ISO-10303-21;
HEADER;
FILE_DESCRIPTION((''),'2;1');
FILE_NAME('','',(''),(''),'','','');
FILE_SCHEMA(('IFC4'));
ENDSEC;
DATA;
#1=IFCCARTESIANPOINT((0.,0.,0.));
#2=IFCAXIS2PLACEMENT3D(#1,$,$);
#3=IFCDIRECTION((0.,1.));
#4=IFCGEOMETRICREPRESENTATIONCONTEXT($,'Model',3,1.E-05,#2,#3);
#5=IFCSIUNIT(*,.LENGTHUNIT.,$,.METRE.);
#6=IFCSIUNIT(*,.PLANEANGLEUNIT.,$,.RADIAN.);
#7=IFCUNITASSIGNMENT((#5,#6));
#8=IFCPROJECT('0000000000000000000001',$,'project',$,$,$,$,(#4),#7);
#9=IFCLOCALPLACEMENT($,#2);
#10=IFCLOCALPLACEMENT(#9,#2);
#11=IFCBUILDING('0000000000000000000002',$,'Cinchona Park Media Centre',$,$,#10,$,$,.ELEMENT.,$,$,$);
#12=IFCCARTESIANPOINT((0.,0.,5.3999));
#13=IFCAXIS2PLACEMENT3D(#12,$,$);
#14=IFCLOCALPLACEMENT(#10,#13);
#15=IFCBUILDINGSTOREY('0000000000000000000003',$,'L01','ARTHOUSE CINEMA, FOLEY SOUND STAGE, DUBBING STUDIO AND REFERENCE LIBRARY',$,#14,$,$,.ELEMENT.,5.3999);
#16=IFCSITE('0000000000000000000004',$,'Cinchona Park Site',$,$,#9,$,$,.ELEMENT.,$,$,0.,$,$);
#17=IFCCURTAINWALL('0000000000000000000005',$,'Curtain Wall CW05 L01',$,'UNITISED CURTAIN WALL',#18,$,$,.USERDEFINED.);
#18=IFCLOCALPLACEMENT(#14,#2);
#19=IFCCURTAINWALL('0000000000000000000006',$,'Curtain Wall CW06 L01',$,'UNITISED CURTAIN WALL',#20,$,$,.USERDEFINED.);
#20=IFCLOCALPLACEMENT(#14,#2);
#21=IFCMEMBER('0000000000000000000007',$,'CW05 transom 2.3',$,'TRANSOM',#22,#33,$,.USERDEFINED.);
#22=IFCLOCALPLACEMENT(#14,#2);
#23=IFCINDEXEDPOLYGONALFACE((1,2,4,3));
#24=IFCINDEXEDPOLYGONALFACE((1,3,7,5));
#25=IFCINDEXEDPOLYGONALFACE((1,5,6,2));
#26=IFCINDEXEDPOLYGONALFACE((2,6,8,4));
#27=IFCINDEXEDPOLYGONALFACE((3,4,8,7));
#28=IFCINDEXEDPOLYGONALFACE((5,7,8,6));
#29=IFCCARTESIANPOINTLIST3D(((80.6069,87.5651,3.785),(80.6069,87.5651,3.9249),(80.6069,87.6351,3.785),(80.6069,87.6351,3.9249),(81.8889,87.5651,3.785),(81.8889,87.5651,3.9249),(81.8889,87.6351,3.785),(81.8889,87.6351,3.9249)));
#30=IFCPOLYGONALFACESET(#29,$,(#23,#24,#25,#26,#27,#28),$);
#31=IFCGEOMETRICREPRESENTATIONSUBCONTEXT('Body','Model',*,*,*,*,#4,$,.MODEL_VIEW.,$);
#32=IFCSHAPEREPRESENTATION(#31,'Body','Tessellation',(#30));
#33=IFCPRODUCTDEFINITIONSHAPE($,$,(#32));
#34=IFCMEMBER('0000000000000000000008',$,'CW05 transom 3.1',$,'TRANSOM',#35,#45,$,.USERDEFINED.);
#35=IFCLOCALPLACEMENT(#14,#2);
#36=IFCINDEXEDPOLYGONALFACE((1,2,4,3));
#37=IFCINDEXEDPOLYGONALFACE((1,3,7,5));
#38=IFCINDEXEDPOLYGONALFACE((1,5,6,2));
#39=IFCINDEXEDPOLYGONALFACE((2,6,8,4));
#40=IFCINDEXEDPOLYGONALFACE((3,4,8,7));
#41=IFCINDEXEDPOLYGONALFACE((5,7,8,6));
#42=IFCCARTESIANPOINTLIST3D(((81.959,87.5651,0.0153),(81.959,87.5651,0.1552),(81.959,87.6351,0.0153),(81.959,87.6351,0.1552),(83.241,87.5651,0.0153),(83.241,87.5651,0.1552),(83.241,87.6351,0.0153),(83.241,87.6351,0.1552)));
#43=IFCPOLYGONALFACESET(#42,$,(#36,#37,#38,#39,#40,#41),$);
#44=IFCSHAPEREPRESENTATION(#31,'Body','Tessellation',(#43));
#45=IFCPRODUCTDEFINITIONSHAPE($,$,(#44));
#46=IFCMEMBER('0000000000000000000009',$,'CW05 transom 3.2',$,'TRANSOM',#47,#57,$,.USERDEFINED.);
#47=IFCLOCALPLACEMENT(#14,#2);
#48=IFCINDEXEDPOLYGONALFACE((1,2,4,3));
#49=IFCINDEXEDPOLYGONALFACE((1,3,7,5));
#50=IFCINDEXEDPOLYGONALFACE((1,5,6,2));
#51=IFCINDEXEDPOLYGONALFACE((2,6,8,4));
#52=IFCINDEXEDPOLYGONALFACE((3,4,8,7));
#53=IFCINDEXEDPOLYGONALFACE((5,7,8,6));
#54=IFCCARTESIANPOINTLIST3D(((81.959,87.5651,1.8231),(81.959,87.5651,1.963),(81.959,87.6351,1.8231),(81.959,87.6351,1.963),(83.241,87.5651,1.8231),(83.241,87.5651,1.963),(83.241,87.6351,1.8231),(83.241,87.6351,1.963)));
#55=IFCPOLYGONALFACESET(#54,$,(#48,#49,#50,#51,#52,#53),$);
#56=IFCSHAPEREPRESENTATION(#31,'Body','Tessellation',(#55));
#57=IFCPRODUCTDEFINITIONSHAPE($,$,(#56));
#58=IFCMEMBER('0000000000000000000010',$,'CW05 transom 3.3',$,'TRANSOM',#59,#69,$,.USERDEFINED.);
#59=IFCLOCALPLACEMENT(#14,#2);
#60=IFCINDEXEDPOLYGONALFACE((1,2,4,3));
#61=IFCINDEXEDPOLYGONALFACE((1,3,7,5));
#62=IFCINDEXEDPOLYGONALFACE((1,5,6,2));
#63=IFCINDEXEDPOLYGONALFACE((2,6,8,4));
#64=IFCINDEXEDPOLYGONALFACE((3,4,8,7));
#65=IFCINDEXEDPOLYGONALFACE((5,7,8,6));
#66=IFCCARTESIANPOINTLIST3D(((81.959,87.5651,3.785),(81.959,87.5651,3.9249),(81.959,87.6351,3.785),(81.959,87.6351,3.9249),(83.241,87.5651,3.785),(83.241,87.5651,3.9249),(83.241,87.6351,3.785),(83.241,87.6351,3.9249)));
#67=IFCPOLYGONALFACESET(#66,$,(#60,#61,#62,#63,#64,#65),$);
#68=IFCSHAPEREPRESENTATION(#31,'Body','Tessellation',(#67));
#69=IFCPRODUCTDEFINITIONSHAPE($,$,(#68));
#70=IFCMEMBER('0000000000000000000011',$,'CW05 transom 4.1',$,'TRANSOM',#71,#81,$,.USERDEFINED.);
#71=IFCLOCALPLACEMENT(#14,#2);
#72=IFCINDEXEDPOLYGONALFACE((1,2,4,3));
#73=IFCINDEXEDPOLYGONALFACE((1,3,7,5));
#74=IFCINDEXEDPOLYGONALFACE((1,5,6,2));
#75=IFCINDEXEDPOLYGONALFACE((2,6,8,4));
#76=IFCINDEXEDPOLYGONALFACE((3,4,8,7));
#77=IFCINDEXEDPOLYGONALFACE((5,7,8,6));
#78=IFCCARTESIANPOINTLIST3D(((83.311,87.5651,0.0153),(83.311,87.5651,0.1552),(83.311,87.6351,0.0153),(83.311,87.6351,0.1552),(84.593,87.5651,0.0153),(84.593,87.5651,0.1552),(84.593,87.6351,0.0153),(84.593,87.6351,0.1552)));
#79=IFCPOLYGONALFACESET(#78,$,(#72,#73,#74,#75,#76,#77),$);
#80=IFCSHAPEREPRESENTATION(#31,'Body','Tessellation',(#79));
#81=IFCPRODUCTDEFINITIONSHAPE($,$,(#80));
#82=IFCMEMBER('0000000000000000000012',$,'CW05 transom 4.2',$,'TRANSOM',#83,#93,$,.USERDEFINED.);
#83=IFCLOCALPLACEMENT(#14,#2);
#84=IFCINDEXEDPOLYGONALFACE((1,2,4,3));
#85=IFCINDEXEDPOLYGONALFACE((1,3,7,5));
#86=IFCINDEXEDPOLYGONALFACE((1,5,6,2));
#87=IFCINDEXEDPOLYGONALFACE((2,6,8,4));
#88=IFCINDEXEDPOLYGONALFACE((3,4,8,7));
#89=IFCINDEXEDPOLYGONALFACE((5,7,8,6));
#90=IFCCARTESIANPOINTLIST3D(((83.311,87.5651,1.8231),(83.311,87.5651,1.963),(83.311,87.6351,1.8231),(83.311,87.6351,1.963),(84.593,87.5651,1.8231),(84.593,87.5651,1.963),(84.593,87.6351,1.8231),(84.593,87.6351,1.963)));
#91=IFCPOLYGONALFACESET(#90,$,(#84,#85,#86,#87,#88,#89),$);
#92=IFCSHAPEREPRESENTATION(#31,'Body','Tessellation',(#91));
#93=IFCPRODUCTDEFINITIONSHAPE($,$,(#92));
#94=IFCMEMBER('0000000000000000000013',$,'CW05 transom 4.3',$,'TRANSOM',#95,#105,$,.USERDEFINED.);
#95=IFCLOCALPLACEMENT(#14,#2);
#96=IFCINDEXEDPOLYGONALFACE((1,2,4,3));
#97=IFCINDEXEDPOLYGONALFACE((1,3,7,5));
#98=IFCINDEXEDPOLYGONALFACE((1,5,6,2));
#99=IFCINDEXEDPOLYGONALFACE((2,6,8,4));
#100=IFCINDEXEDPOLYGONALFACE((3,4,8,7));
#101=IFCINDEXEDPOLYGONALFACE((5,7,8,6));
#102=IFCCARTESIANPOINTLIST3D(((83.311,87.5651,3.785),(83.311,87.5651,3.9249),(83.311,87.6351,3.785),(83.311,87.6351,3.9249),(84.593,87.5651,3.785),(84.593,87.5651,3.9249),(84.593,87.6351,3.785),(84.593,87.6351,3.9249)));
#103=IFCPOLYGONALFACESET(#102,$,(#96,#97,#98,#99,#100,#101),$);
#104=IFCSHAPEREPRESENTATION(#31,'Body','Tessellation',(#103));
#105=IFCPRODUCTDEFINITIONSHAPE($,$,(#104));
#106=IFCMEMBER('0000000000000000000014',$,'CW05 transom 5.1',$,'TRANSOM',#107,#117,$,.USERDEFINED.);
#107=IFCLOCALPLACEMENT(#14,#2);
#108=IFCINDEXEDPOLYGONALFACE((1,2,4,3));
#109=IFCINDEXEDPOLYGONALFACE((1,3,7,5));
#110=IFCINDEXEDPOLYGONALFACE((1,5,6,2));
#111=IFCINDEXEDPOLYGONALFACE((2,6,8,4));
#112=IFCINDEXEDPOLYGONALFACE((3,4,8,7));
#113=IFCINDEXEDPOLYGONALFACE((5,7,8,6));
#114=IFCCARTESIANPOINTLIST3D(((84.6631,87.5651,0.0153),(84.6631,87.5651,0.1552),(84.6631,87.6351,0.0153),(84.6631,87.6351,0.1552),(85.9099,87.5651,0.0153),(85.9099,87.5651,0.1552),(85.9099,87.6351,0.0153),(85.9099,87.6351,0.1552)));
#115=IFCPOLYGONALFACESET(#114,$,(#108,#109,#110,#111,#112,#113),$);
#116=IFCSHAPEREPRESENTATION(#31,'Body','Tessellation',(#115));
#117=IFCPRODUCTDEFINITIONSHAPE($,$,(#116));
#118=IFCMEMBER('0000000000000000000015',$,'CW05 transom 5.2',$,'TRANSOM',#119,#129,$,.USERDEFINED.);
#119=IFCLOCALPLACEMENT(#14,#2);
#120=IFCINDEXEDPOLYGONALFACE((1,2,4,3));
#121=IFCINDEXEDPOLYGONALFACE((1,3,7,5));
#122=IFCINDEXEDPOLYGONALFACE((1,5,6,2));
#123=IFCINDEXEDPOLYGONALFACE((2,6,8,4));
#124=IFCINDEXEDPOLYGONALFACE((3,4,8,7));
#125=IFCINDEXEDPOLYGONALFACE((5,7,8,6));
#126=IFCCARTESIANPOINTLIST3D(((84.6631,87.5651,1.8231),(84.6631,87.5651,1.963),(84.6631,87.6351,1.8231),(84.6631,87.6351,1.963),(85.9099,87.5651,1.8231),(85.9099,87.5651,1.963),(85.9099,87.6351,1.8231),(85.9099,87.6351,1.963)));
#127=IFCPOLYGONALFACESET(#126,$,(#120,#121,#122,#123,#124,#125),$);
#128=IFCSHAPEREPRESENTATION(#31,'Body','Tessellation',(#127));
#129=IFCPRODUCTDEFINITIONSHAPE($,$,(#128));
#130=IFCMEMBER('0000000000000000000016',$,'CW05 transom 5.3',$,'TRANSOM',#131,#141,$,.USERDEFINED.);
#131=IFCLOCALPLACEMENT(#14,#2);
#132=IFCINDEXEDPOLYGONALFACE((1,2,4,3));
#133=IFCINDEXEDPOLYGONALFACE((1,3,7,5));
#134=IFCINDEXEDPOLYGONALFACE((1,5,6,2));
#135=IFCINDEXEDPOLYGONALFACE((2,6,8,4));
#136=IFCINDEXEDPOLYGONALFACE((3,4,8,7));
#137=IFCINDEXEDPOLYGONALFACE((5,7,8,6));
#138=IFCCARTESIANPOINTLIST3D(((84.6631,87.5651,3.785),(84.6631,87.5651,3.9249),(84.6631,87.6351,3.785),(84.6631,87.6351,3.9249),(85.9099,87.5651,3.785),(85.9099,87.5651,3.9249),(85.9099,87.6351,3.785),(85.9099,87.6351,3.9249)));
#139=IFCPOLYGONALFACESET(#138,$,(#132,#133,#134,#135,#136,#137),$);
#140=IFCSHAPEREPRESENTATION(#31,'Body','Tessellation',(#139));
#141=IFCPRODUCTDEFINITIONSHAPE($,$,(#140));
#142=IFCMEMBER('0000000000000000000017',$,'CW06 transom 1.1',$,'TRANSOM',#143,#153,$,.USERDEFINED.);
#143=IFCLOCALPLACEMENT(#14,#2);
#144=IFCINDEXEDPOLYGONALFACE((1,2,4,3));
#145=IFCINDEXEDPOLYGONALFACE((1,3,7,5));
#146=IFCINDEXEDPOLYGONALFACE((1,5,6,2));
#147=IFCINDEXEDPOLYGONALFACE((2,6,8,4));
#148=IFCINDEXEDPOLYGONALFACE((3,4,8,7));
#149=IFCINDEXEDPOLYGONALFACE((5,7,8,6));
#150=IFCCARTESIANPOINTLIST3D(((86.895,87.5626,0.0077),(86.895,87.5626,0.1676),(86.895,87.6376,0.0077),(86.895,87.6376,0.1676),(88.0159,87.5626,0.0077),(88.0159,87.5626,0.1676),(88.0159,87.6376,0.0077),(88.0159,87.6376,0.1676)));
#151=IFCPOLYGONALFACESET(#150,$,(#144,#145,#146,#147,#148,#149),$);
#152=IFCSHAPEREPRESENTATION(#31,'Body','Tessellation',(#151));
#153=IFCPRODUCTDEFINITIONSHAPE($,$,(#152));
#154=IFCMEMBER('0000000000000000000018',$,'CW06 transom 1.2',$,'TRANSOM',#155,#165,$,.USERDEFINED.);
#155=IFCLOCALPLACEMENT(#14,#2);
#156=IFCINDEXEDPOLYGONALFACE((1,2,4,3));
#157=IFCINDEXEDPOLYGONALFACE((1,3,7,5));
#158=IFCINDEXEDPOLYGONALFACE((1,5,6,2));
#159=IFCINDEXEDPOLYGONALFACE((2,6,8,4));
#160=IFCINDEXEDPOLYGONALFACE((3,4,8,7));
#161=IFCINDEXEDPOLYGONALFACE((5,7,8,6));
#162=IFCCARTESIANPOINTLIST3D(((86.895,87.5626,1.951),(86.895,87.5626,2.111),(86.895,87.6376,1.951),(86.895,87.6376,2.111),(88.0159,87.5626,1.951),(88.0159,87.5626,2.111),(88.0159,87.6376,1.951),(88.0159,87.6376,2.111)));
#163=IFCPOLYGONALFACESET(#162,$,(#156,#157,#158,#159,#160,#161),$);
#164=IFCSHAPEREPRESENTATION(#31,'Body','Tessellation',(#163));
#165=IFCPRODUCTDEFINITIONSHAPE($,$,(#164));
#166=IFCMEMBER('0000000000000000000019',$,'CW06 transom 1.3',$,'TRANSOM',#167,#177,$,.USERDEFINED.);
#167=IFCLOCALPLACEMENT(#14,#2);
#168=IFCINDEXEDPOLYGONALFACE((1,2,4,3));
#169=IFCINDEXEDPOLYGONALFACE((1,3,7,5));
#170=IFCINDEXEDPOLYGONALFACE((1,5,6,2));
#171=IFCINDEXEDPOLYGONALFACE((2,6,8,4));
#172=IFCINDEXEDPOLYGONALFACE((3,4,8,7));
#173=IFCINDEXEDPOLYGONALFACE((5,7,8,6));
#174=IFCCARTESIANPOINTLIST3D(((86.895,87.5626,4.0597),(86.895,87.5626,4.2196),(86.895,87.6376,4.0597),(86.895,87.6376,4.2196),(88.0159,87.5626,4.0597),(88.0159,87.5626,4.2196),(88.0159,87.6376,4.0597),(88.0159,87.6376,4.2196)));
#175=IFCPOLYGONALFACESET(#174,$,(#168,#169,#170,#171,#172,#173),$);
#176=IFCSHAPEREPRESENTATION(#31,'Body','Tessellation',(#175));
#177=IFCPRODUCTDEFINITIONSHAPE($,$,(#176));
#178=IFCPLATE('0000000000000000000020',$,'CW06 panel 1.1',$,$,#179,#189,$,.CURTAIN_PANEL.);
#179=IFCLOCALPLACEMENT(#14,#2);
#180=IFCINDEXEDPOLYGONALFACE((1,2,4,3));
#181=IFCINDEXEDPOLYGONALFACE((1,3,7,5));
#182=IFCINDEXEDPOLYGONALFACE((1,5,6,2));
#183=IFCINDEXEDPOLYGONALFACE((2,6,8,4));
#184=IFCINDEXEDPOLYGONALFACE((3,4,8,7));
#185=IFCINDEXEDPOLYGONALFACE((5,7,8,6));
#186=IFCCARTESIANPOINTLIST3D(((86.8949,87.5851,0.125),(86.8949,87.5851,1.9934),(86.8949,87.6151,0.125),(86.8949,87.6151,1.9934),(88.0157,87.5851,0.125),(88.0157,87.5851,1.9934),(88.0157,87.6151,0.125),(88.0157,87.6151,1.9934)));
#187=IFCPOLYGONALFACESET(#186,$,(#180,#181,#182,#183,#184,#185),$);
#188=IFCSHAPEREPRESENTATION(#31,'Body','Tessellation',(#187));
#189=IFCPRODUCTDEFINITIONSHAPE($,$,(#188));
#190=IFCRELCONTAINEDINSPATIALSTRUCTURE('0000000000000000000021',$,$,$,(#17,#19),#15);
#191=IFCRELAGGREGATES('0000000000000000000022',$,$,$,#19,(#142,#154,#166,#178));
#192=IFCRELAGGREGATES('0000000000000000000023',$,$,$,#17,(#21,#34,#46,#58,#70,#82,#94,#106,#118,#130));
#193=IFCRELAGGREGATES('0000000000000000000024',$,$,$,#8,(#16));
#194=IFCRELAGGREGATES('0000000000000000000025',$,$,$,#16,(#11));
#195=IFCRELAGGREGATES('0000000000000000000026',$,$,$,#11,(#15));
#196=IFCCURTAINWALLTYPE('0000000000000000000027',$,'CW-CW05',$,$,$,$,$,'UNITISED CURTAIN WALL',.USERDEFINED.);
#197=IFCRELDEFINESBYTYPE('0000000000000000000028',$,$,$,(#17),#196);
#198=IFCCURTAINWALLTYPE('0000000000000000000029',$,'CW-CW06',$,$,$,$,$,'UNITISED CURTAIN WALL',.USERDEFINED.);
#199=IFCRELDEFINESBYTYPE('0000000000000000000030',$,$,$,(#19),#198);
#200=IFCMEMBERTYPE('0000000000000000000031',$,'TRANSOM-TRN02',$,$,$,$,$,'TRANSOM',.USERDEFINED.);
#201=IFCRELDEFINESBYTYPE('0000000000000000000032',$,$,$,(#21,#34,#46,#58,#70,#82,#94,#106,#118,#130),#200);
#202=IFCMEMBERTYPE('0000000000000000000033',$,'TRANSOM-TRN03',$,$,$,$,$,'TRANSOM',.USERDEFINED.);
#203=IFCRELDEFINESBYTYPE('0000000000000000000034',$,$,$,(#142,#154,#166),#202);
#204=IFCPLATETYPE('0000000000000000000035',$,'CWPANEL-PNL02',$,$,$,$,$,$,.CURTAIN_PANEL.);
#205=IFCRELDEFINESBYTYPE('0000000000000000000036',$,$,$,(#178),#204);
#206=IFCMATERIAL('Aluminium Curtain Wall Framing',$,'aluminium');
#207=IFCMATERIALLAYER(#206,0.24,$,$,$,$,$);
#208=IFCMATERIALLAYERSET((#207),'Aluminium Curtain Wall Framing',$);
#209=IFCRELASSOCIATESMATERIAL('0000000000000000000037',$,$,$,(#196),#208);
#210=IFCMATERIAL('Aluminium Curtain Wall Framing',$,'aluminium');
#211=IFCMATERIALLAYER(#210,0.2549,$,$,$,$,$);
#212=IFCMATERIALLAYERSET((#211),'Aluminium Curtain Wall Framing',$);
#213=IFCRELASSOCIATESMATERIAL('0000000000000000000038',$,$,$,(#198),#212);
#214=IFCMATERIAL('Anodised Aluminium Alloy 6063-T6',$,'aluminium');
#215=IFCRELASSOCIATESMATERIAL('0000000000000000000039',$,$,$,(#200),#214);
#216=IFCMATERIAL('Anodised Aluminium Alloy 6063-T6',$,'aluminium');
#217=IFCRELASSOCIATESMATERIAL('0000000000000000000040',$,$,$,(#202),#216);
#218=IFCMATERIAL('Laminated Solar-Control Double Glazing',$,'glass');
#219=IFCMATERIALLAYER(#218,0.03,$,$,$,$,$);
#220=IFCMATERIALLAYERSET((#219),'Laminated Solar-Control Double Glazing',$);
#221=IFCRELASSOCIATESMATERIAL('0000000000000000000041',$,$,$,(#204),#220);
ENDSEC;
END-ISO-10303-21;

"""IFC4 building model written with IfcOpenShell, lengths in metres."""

from ifc_helpers import new_model, si_unit, direction, frame, origin, origin_2d, place, context, subcontext, project, spatial, rectangle, extrude, material, layer, layer_set, material_profile, profile_set, type_object, element, aggregate, save


model = new_model("IFC4")

# Units and contexts
model_context = context("Model", 3, precision=1e-05, world=origin(), true_north=direction((0.0, 1.0)))
body_context = subcontext(model_context, "Body", "Model", "MODEL_VIEW")
ifc_project = project(units=[si_unit("LENGTHUNIT", "METRE"), si_unit("PLANEANGLEUNIT", "RADIAN")], contexts=[model_context])

# Site, building, storey
site_placement = place(None, origin())
site = spatial("IfcSite", under=ifc_project, at=site_placement, Name="Cinchona Park Site", CompositionType="ELEMENT", RefElevation=0.0)
building_placement = place(site_placement, origin())
building = spatial("IfcBuilding", under=site, at=building_placement, Name="Cinchona Park Media Centre", CompositionType="ELEMENT")
storey_placement = place(building_placement, frame((0.0, 0.0, 5.3999)))
storey = spatial("IfcBuildingStorey", under=building, at=storey_placement, Name="L01", Description="ARTHOUSE CINEMA, FOLEY SOUND STAGE, DUBBING STUDIO AND REFERENCE LIBRARY", CompositionType="ELEMENT", Elevation=5.3999)

# Curtain wall
ifc_material_1 = material(Name="Aluminium Curtain Wall Framing", Category="aluminium")
ifc_layer_1 = layer(ifc_material_1, 0.24)
ifc_layer_set_1 = layer_set([ifc_layer_1], Name="Aluminium Curtain Wall Framing")
curtain_wall_type_1 = type_object("IfcCurtainWallType", Name="CW-CW05", ElementType="UNITISED CURTAIN WALL", PredefinedType="USERDEFINED", material=ifc_layer_set_1)
curtain_wall_1_placement = place(storey_placement, origin())
curtain_wall_1 = element("IfcCurtainWall", 1, at=curtain_wall_1_placement, inside=storey, type_object=curtain_wall_type_1, Name="Curtain Wall CW05 L01", ObjectType="UNITISED CURTAIN WALL", PredefinedType="USERDEFINED")

# Curtain wall
ifc_material_2 = material(Name="Aluminium Curtain Wall Framing", Category="aluminium")
ifc_layer_2 = layer(ifc_material_2, 0.2549)
ifc_layer_set_2 = layer_set([ifc_layer_2], Name="Aluminium Curtain Wall Framing")
curtain_wall_type_2 = type_object("IfcCurtainWallType", Name="CW-CW06", ElementType="UNITISED CURTAIN WALL", PredefinedType="USERDEFINED", material=ifc_layer_set_2)
curtain_wall_2_placement = place(storey_placement, origin())
curtain_wall_2 = element("IfcCurtainWall", 2, at=curtain_wall_2_placement, inside=storey, type_object=curtain_wall_type_2, Name="Curtain Wall CW06 L01", ObjectType="UNITISED CURTAIN WALL", PredefinedType="USERDEFINED")

# Members
ifc_material_3 = material(Name="Anodised Aluminium Alloy 6063-T6", Category="aluminium")
ifc_material_profile_1 = material_profile(ifc_material_3, rectangle(XDim=0.0701, YDim=0.1399, at=origin_2d()), Name="TRN-70X140")
ifc_profile_set_1 = profile_set([ifc_material_profile_1], Name="Anodised Aluminium Alloy 6063-T6")
member_type_1 = type_object("IfcMemberType", Name="TRANSOM-TRN02", ElementType="TRANSOM", PredefinedType="USERDEFINED", material=ifc_profile_set_1)
member_1_placement = place(storey_placement, frame((80.6069, 87.6001, 3.855), z_axis=(1.0, 0.0, 0.0), x_axis=(0.0, 1.0, 0.0)))
member_1 = element("IfcMember", 3, at=member_1_placement, type_object=member_type_1, Name="CW05 transom 2.3", ObjectType="TRANSOM", PredefinedType="USERDEFINED", context=body_context, shape_type="SweptSolid", body=[
    extrude(rectangle(XDim=0.0701, YDim=0.1399, at=origin_2d()), origin(), (0.0, 0.0, 1.0), 1.282),
])
member_2_placement = place(storey_placement, frame((81.959, 87.6001, 0.0852), z_axis=(1.0, 0.0, 0.0), x_axis=(0.0, 1.0, 0.0)))
member_2 = element("IfcMember", 4, at=member_2_placement, type_object=member_type_1, Name="CW05 transom 3.1", ObjectType="TRANSOM", PredefinedType="USERDEFINED", context=body_context, shape_type="SweptSolid", body=[
    extrude(rectangle(XDim=0.0701, YDim=0.1399, at=origin_2d()), origin(), (0.0, 0.0, 1.0), 1.282),
])
member_3_placement = place(storey_placement, frame((81.959, 87.6001, 1.8931), z_axis=(1.0, 0.0, 0.0), x_axis=(0.0, 1.0, 0.0)))
member_3 = element("IfcMember", 5, at=member_3_placement, type_object=member_type_1, Name="CW05 transom 3.2", ObjectType="TRANSOM", PredefinedType="USERDEFINED", context=body_context, shape_type="SweptSolid", body=[
    extrude(rectangle(XDim=0.0701, YDim=0.1399, at=origin_2d()), origin(), (0.0, 0.0, 1.0), 1.282),
])
member_4_placement = place(storey_placement, frame((81.959, 87.6001, 3.855), z_axis=(1.0, 0.0, 0.0), x_axis=(0.0, 1.0, 0.0)))
member_4 = element("IfcMember", 6, at=member_4_placement, type_object=member_type_1, Name="CW05 transom 3.3", ObjectType="TRANSOM", PredefinedType="USERDEFINED", context=body_context, shape_type="SweptSolid", body=[
    extrude(rectangle(XDim=0.0701, YDim=0.1399, at=origin_2d()), origin(), (0.0, 0.0, 1.0), 1.282),
])
member_5_placement = place(storey_placement, frame((83.311, 87.6001, 0.0852), z_axis=(1.0, 0.0, 0.0), x_axis=(0.0, 1.0, 0.0)))
member_5 = element("IfcMember", 7, at=member_5_placement, type_object=member_type_1, Name="CW05 transom 4.1", ObjectType="TRANSOM", PredefinedType="USERDEFINED", context=body_context, shape_type="SweptSolid", body=[
    extrude(rectangle(XDim=0.0701, YDim=0.1399, at=origin_2d()), origin(), (0.0, 0.0, 1.0), 1.282),
])
member_6_placement = place(storey_placement, frame((83.311, 87.6001, 1.8931), z_axis=(1.0, 0.0, 0.0), x_axis=(0.0, 1.0, 0.0)))
member_6 = element("IfcMember", 8, at=member_6_placement, type_object=member_type_1, Name="CW05 transom 4.2", ObjectType="TRANSOM", PredefinedType="USERDEFINED", context=body_context, shape_type="SweptSolid", body=[
    extrude(rectangle(XDim=0.0701, YDim=0.1399, at=origin_2d()), origin(), (0.0, 0.0, 1.0), 1.282),
])
member_7_placement = place(storey_placement, frame((83.311, 87.6001, 3.855), z_axis=(1.0, 0.0, 0.0), x_axis=(0.0, 1.0, 0.0)))
member_7 = element("IfcMember", 9, at=member_7_placement, type_object=member_type_1, Name="CW05 transom 4.3", ObjectType="TRANSOM", PredefinedType="USERDEFINED", context=body_context, shape_type="SweptSolid", body=[
    extrude(rectangle(XDim=0.0701, YDim=0.1399, at=origin_2d()), origin(), (0.0, 0.0, 1.0), 1.282),
])
member_8_placement = place(storey_placement, frame((84.6631, 87.6001, 0.0852), z_axis=(1.0, 0.0, 0.0), x_axis=(0.0, 1.0, 0.0)))
member_8 = element("IfcMember", 10, at=member_8_placement, type_object=member_type_1, Name="CW05 transom 5.1", ObjectType="TRANSOM", PredefinedType="USERDEFINED", context=body_context, shape_type="SweptSolid", body=[
    extrude(rectangle(XDim=0.0701, YDim=0.1399, at=origin_2d()), origin(), (0.0, 0.0, 1.0), 1.2468),
])
member_9_placement = place(storey_placement, frame((84.6631, 87.6001, 1.8931), z_axis=(1.0, 0.0, 0.0), x_axis=(0.0, 1.0, 0.0)))
member_9 = element("IfcMember", 11, at=member_9_placement, type_object=member_type_1, Name="CW05 transom 5.2", ObjectType="TRANSOM", PredefinedType="USERDEFINED", context=body_context, shape_type="SweptSolid", body=[
    extrude(rectangle(XDim=0.0701, YDim=0.1399, at=origin_2d()), origin(), (0.0, 0.0, 1.0), 1.2468),
])
member_10_placement = place(storey_placement, frame((84.6631, 87.6001, 3.855), z_axis=(1.0, 0.0, 0.0), x_axis=(0.0, 1.0, 0.0)))
member_10 = element("IfcMember", 12, at=member_10_placement, type_object=member_type_1, Name="CW05 transom 5.3", ObjectType="TRANSOM", PredefinedType="USERDEFINED", context=body_context, shape_type="SweptSolid", body=[
    extrude(rectangle(XDim=0.0701, YDim=0.1399, at=origin_2d()), origin(), (0.0, 0.0, 1.0), 1.2468),
])
ifc_material_4 = material(Name="Anodised Aluminium Alloy 6063-T6", Category="aluminium")
ifc_material_profile_2 = material_profile(ifc_material_4, rectangle(XDim=0.075, YDim=0.1599, at=origin_2d()), Name="TRN-75X160")
ifc_profile_set_2 = profile_set([ifc_material_profile_2], Name="Anodised Aluminium Alloy 6063-T6")
member_type_2 = type_object("IfcMemberType", Name="TRANSOM-TRN03", ElementType="TRANSOM", PredefinedType="USERDEFINED", material=ifc_profile_set_2)
member_11_placement = place(storey_placement, frame((86.895, 87.6001, 0.0876), z_axis=(1.0, 0.0, 0.0), x_axis=(0.0, 1.0, 0.0)))
member_11 = element("IfcMember", 13, at=member_11_placement, type_object=member_type_2, Name="CW06 transom 1.1", ObjectType="TRANSOM", PredefinedType="USERDEFINED", context=body_context, shape_type="SweptSolid", body=[
    extrude(rectangle(XDim=0.075, YDim=0.1599, at=origin_2d()), origin(), (0.0, 0.0, 1.0), 1.1208),
])
member_12_placement = place(storey_placement, frame((86.895, 87.6001, 2.031), z_axis=(1.0, 0.0, 0.0), x_axis=(0.0, 1.0, 0.0)))
member_12 = element("IfcMember", 14, at=member_12_placement, type_object=member_type_2, Name="CW06 transom 1.2", ObjectType="TRANSOM", PredefinedType="USERDEFINED", context=body_context, shape_type="SweptSolid", body=[
    extrude(rectangle(XDim=0.075, YDim=0.1599, at=origin_2d()), origin(), (0.0, 0.0, 1.0), 1.1208),
])
member_13_placement = place(storey_placement, frame((86.895, 87.6001, 4.1396), z_axis=(1.0, 0.0, 0.0), x_axis=(0.0, 1.0, 0.0)))
member_13 = element("IfcMember", 15, at=member_13_placement, type_object=member_type_2, Name="CW06 transom 1.3", ObjectType="TRANSOM", PredefinedType="USERDEFINED", context=body_context, shape_type="SweptSolid", body=[
    extrude(rectangle(XDim=0.075, YDim=0.1599, at=origin_2d()), origin(), (0.0, 0.0, 1.0), 1.1208),
])

# Plate
ifc_material_5 = material(Name="Laminated Solar-Control Double Glazing", Category="glass")
ifc_layer_3 = layer(ifc_material_5, 0.03)
ifc_layer_set_3 = layer_set([ifc_layer_3], Name="Laminated Solar-Control Double Glazing")
plate_type_1 = type_object("IfcPlateType", Name="CWPANEL-PNL02", PredefinedType="CURTAIN_PANEL", material=ifc_layer_set_3)
plate_1_placement = place(storey_placement, frame((87.4553, 87.6001, 0.125), z_axis=(0.0, 0.0, 1.0), x_axis=(1.0, 0.0, 0.0)))
plate_1 = element("IfcPlate", 16, at=plate_1_placement, type_object=plate_type_1, Name="CW06 panel 1.1", PredefinedType="CURTAIN_PANEL", context=body_context, shape_type="SweptSolid", body=[
    extrude(rectangle(XDim=1.1208, YDim=0.03, at=origin_2d()), origin(), (0.0, 0.0, 1.0), 1.8684),
])
aggregate(curtain_wall_2, [member_11, member_12, member_13, plate_1])
aggregate(curtain_wall_1, [member_1, member_2, member_3, member_4, member_5, member_6, member_7, member_8, member_9, member_10])

save(model, "model.ifc")
